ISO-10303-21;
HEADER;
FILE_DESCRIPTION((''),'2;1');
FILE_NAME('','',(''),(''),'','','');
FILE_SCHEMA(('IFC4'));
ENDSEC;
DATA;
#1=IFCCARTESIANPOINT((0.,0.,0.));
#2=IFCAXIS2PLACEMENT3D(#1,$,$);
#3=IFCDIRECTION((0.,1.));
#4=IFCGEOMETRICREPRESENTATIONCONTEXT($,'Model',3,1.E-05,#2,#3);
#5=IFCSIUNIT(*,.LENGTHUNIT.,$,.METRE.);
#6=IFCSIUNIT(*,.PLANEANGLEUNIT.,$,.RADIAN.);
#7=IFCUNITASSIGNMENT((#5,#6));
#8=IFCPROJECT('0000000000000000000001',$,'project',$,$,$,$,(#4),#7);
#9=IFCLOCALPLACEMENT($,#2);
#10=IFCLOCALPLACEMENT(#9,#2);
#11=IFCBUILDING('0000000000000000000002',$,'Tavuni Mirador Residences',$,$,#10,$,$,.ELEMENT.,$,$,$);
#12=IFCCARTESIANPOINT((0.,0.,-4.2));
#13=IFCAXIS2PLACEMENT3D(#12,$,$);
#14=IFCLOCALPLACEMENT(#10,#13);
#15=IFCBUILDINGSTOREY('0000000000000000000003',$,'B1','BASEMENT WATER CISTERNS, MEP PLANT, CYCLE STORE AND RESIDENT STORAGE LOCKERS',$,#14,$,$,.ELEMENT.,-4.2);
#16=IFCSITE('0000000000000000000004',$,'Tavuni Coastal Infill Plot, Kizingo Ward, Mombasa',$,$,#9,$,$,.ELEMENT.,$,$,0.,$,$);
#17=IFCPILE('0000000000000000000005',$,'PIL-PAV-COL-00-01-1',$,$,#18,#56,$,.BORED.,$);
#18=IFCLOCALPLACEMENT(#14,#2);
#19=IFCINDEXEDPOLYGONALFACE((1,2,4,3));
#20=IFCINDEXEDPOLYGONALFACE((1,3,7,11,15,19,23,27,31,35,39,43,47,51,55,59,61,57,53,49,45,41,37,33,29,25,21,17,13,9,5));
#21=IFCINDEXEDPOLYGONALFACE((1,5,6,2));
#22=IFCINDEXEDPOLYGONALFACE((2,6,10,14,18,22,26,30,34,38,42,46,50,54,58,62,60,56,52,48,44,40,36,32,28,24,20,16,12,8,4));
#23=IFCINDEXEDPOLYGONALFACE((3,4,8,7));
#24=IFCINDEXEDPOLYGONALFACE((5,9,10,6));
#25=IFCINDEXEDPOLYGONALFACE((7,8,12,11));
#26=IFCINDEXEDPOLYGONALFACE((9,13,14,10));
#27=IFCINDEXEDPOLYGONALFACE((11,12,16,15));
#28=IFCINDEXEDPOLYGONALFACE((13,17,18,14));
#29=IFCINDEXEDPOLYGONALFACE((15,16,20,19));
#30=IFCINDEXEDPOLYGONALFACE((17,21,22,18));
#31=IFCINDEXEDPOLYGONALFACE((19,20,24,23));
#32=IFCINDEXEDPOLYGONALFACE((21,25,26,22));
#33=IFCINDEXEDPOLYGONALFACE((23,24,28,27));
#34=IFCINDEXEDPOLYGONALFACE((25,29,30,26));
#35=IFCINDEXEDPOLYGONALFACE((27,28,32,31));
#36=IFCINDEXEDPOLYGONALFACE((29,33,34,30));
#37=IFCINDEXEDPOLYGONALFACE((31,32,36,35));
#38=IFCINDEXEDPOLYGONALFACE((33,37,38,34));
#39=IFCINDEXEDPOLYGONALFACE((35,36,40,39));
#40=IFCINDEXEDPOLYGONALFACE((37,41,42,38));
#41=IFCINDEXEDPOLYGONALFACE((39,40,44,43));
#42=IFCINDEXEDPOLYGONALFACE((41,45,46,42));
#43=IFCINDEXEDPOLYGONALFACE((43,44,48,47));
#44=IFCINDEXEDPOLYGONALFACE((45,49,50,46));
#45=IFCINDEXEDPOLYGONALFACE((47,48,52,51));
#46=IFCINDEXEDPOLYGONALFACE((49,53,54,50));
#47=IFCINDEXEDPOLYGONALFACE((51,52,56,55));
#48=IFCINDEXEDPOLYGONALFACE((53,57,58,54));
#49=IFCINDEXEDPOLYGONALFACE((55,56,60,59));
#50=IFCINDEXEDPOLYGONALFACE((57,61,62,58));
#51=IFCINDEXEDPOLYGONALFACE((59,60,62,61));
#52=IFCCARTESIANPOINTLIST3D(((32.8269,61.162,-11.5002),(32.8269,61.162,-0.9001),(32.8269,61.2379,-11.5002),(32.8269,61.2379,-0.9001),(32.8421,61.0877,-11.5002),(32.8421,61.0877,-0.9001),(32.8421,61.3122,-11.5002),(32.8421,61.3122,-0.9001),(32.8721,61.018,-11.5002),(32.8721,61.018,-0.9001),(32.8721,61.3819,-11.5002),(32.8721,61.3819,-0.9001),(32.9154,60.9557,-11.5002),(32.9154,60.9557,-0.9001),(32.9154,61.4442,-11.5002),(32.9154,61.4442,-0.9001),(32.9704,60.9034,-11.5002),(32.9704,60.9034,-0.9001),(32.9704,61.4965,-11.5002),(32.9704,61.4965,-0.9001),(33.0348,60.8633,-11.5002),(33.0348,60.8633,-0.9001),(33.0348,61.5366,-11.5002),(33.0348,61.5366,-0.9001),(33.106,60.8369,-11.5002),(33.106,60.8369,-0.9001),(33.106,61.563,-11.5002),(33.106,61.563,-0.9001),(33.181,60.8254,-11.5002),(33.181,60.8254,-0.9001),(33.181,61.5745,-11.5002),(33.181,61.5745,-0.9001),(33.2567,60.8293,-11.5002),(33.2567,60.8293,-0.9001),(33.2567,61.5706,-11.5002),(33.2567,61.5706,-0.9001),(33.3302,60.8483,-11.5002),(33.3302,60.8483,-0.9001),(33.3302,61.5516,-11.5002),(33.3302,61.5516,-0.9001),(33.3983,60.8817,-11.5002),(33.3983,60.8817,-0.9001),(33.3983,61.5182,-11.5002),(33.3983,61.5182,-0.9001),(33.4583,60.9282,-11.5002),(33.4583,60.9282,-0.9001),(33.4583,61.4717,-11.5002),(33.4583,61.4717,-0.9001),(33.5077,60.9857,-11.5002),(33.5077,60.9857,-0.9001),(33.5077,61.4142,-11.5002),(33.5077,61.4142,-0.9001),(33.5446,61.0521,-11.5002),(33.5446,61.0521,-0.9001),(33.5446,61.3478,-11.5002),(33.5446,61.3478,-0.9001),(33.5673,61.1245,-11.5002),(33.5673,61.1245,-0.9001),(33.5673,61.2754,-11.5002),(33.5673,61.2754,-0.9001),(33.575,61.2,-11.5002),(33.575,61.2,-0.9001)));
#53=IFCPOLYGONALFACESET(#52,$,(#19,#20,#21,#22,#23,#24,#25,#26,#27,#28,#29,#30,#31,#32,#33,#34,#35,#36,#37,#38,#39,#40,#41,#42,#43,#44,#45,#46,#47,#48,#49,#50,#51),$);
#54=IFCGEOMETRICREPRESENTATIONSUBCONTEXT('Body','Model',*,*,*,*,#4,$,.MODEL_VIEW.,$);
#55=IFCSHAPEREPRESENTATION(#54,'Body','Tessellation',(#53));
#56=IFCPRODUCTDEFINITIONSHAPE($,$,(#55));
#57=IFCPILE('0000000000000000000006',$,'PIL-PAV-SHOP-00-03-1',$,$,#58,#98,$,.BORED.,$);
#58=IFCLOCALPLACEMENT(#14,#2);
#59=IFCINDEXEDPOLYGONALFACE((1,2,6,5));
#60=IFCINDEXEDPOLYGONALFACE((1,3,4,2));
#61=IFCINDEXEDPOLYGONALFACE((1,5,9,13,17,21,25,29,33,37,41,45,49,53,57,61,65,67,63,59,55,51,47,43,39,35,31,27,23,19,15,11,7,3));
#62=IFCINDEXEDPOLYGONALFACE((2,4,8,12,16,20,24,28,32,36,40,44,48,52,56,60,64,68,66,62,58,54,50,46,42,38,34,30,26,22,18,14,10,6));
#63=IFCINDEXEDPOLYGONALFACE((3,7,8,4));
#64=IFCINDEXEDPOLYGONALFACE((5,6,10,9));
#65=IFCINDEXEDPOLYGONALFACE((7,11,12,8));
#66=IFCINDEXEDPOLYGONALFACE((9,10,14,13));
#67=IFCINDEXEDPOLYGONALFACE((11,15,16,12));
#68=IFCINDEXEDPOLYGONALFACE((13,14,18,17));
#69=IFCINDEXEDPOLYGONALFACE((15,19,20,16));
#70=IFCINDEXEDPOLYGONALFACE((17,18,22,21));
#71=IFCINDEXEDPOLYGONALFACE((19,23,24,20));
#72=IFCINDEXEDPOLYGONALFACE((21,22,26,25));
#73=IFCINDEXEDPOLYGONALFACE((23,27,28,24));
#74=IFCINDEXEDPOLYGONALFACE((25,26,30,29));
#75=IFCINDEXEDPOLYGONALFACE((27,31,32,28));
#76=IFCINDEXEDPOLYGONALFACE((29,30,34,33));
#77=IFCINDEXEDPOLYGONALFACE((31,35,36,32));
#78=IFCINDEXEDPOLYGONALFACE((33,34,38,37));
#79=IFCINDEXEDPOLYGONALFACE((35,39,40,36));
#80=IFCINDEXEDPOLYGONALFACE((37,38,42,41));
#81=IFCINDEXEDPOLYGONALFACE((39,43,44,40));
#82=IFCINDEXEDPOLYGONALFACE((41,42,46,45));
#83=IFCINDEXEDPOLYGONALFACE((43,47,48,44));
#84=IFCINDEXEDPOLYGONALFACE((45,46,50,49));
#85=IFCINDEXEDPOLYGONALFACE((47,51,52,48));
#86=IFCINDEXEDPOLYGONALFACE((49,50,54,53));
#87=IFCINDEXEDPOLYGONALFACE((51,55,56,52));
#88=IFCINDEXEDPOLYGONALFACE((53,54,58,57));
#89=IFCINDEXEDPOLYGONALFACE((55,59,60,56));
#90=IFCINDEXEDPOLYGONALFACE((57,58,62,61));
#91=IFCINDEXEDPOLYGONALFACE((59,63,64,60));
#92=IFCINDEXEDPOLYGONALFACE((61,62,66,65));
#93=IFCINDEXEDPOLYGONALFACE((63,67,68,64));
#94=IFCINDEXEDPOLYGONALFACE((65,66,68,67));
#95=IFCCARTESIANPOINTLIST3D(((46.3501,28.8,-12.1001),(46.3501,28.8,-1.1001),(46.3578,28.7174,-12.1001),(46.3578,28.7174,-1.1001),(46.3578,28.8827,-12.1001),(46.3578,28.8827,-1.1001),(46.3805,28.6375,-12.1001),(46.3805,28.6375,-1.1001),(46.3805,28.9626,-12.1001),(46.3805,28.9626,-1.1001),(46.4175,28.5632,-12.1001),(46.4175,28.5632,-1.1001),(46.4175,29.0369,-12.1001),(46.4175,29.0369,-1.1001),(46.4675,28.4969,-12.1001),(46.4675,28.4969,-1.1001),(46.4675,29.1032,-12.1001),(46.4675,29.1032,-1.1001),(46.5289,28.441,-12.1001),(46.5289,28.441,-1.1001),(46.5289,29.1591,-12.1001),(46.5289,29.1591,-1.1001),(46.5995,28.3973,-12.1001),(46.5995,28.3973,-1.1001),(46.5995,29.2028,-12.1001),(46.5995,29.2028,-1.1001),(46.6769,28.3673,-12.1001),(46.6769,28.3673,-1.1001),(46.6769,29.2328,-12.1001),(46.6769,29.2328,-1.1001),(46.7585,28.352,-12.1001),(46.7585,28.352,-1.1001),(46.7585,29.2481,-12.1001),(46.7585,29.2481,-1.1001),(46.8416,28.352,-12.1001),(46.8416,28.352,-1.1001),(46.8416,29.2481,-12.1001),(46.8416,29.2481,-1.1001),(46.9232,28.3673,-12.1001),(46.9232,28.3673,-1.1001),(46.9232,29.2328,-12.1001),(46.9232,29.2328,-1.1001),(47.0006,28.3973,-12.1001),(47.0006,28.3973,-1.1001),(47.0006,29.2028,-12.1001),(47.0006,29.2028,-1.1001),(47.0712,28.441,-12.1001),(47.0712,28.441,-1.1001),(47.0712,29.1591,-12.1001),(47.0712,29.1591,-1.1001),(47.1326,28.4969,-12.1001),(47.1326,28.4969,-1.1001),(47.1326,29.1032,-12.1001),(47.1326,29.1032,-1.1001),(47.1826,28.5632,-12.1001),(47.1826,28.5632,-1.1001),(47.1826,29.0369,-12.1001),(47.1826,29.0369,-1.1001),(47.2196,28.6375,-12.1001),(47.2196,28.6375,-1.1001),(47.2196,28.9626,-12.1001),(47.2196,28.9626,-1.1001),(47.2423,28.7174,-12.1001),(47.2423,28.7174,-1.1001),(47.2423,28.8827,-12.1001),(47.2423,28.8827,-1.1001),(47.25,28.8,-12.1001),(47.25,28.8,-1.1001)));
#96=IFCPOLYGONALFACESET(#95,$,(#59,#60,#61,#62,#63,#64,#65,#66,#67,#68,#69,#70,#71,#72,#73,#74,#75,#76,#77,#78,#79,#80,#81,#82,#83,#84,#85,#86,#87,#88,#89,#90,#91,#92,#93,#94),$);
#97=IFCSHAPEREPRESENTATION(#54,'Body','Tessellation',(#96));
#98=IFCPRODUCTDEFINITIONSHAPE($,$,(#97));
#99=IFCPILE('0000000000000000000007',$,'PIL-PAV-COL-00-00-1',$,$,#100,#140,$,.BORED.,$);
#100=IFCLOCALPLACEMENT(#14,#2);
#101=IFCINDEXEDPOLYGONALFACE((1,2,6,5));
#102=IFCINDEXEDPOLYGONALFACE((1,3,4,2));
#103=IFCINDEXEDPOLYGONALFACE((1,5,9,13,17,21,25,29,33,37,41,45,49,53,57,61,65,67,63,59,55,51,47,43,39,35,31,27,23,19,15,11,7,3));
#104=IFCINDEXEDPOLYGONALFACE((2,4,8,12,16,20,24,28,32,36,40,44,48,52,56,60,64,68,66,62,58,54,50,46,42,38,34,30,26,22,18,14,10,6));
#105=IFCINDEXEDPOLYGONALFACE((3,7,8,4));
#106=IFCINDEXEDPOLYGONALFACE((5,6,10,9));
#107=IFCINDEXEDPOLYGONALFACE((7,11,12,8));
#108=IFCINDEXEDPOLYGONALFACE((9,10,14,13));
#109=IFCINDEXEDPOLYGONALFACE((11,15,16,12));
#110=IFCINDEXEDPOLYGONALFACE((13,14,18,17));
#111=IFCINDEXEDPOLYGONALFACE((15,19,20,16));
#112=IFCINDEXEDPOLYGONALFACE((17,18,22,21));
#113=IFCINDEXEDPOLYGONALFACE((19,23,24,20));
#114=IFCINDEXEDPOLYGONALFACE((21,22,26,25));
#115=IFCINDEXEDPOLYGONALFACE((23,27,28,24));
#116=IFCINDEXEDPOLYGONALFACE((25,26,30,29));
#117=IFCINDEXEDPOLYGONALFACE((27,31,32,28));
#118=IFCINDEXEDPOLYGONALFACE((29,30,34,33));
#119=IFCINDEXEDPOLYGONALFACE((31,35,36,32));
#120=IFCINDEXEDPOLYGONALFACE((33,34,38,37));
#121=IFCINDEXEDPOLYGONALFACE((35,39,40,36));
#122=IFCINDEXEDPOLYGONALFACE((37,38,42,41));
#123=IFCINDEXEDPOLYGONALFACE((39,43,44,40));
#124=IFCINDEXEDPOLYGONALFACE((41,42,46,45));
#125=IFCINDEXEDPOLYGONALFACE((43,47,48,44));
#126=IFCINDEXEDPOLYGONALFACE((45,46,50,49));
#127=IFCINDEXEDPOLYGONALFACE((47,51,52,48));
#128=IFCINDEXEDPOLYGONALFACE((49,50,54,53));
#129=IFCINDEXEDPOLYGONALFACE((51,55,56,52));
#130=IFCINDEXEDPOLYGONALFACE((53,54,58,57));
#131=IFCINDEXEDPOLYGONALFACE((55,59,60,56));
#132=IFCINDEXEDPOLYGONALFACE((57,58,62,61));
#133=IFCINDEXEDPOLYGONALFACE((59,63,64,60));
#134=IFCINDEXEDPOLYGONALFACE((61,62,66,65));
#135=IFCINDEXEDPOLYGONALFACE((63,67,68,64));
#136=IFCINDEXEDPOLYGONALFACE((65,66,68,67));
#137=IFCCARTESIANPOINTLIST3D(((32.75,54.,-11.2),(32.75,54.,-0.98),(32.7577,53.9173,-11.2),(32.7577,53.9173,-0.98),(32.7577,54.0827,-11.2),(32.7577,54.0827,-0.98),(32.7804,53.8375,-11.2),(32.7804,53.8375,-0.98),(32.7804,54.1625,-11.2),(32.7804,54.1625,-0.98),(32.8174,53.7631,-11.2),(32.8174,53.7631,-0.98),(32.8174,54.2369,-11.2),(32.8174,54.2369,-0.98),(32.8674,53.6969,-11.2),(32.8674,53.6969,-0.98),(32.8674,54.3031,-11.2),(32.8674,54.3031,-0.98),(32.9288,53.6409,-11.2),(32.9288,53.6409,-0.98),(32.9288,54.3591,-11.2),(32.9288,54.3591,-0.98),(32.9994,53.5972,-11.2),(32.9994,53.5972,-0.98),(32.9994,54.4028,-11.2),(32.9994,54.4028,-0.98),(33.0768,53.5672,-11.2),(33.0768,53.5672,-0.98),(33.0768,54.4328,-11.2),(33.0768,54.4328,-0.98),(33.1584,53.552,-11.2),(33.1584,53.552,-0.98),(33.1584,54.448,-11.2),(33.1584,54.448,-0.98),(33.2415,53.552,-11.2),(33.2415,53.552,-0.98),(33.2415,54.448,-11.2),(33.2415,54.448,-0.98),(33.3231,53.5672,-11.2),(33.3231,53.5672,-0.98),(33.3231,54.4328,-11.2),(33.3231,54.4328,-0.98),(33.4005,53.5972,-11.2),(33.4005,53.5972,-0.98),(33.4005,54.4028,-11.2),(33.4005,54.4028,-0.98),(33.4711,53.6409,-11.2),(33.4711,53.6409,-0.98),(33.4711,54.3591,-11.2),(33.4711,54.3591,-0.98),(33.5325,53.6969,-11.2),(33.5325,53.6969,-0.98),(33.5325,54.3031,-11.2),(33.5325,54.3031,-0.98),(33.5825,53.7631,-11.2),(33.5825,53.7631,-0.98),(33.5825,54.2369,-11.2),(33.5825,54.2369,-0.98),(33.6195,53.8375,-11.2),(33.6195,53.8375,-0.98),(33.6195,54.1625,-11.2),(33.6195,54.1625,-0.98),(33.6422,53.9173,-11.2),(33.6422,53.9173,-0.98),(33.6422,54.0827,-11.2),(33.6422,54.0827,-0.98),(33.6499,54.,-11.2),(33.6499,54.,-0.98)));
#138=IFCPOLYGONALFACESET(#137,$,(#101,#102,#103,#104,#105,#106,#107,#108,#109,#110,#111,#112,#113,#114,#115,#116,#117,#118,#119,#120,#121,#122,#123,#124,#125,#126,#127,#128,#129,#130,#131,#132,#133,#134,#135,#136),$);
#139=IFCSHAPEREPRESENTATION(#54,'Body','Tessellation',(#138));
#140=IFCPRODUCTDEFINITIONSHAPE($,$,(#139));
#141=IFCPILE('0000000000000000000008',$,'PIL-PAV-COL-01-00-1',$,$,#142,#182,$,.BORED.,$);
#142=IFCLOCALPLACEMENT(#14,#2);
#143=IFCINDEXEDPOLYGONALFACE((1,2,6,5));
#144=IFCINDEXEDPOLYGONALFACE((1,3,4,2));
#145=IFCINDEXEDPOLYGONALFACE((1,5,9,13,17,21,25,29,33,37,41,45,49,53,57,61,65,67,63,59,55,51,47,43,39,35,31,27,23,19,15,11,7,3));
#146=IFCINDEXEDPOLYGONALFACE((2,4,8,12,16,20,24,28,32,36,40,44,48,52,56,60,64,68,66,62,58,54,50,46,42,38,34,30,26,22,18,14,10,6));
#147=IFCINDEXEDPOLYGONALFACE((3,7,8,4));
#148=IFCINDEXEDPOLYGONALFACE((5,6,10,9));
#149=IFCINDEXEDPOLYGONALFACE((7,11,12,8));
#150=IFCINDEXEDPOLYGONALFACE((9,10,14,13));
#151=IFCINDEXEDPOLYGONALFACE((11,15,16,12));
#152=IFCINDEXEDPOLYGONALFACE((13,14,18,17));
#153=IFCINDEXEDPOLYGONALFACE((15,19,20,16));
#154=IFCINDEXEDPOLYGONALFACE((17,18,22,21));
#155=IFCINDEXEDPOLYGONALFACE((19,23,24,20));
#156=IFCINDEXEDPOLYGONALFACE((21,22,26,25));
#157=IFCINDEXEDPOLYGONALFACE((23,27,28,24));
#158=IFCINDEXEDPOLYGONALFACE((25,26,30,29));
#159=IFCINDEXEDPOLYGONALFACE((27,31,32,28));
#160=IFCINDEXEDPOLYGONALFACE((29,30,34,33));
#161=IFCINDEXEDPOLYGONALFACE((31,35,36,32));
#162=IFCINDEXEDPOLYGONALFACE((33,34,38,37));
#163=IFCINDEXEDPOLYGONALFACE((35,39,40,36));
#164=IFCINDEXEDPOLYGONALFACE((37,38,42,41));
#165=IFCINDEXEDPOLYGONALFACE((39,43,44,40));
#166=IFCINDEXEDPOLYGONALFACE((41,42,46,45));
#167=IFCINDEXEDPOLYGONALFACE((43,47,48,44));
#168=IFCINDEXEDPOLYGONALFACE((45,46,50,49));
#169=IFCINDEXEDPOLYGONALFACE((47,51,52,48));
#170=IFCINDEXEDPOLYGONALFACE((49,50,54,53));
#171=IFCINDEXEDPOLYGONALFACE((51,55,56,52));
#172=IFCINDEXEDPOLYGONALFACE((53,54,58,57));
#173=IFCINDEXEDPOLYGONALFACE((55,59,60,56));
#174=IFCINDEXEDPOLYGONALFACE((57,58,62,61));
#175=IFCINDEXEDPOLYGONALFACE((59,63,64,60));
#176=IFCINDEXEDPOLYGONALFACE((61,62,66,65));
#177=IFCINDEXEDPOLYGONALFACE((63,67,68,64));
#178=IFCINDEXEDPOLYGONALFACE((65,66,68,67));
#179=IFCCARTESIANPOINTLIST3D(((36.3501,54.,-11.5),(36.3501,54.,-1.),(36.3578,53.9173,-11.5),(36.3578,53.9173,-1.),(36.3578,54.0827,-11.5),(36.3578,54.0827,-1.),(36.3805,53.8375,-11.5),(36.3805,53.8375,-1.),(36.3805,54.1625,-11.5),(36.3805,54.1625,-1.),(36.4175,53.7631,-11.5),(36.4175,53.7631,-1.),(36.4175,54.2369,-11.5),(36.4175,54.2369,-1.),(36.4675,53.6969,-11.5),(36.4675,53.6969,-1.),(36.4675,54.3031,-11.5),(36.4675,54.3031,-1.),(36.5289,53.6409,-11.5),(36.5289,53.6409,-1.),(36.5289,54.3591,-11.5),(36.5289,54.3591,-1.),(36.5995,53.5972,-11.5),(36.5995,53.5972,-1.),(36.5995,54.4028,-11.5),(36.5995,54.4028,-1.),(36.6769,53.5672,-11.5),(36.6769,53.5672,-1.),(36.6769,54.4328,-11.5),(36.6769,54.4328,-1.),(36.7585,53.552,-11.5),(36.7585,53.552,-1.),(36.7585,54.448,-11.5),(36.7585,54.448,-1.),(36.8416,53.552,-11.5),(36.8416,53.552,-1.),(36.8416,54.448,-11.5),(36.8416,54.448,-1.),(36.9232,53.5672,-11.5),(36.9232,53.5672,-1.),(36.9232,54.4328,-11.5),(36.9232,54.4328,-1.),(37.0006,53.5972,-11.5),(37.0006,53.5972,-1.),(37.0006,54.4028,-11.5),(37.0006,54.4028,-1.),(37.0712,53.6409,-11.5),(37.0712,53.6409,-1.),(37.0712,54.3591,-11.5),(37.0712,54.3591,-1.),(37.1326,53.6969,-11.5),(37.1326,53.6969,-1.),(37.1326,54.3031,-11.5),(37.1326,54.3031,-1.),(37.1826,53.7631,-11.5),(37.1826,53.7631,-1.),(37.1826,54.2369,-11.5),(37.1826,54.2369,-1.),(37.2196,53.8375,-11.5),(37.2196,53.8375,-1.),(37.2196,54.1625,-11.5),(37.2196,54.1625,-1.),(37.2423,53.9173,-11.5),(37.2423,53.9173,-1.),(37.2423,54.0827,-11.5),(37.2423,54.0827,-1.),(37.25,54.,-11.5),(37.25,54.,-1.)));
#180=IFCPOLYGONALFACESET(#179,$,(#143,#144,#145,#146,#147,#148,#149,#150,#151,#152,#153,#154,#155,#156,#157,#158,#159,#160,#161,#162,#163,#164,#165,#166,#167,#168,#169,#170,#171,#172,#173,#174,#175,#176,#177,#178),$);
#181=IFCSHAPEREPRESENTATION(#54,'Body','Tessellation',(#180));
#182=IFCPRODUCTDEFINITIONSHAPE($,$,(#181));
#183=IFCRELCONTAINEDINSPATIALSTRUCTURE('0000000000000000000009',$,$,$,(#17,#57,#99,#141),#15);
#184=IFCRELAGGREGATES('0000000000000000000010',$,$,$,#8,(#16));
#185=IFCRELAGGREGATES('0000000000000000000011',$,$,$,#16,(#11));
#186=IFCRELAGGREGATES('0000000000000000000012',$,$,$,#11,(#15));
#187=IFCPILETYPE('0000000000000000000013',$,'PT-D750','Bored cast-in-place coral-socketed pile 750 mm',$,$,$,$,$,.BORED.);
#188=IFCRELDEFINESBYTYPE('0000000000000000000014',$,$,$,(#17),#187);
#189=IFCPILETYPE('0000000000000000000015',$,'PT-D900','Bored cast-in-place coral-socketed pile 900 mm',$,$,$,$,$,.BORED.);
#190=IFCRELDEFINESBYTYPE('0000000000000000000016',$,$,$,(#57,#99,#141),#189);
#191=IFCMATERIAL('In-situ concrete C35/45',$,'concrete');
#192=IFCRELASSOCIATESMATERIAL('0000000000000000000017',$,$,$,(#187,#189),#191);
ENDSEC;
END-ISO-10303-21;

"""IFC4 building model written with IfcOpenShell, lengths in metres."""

from ifc_helpers import new_model, si_unit, direction, frame, origin, origin_2d, place, context, subcontext, project, spatial, circle, extrude, material, material_profile, profile_set, type_object, element, save


model = new_model("IFC4")

# Units and contexts
model_context = context("Model", 3, precision=1e-05, world=origin(), true_north=direction((0.0, 1.0)))
body_context = subcontext(model_context, "Body", "Model", "MODEL_VIEW")
ifc_project = project(units=[si_unit("LENGTHUNIT", "METRE"), si_unit("PLANEANGLEUNIT", "RADIAN")], contexts=[model_context])

# Site, building, storey
site_placement = place(None, origin())
site = spatial("IfcSite", under=ifc_project, at=site_placement, Name="Tavuni Coastal Infill Plot, Kizingo Ward, Mombasa", CompositionType="ELEMENT", RefElevation=0.0)
building_placement = place(site_placement, origin())
building = spatial("IfcBuilding", under=site, at=building_placement, Name="Tavuni Mirador Residences", CompositionType="ELEMENT")
storey_placement = place(building_placement, frame((0.0, 0.0, -4.2)))
storey = spatial("IfcBuildingStorey", under=building, at=storey_placement, Name="B1", Description="BASEMENT WATER CISTERNS, MEP PLANT, CYCLE STORE AND RESIDENT STORAGE LOCKERS", CompositionType="ELEMENT", Elevation=-4.2)

# Shared definitions
ifc_material_1 = material(Name="In-situ concrete C35/45", Category="concrete")

# Piles
ifc_material_profile_1 = material_profile(ifc_material_1, circle(Radius=0.375, at=origin_2d()), Name="PILE D750", Category="concrete")
ifc_profile_set_1 = profile_set([ifc_material_profile_1], Name="In-situ concrete C35/45")
pile_type_1 = type_object("IfcPileType", Name="PT-D750", Description="Bored cast-in-place coral-socketed pile 750 mm", PredefinedType="BORED", material=ifc_profile_set_1)
pile_1_placement = place(storey_placement, frame((33.2, 61.2, -0.9001), z_axis=(0.0, 0.0, -1.0), x_axis=(1.0, 0.0, 0.0)))
element("IfcPile", 1, at=pile_1_placement, inside=storey, type_object=pile_type_1, Name="PIL-PAV-COL-00-01-1", PredefinedType="BORED", context=body_context, shape_type="SweptSolid", body=[
    extrude(circle(Radius=0.375, at=origin_2d()), origin(), (0.0, 0.0, 1.0), 10.6001),
])
ifc_material_profile_2 = material_profile(ifc_material_1, circle(Radius=0.45, at=origin_2d()), Name="PILE D900", Category="concrete")
ifc_profile_set_2 = profile_set([ifc_material_profile_2], Name="In-situ concrete C35/45")
pile_type_2 = type_object("IfcPileType", Name="PT-D900", Description="Bored cast-in-place coral-socketed pile 900 mm", PredefinedType="BORED", material=ifc_profile_set_2)
pile_2_placement = place(storey_placement, frame((46.8, 28.8, -1.1001), z_axis=(0.0, 0.0, -1.0), x_axis=(1.0, 0.0, 0.0)))
element("IfcPile", 2, at=pile_2_placement, inside=storey, type_object=pile_type_2, Name="PIL-PAV-SHOP-00-03-1", PredefinedType="BORED", context=body_context, shape_type="SweptSolid", body=[
    extrude(circle(Radius=0.45, at=origin_2d()), origin(), (0.0, 0.0, 1.0), 11.0),
])
pile_3_placement = place(storey_placement, frame((33.2, 54.0, -0.98), z_axis=(0.0, 0.0, -1.0), x_axis=(1.0, 0.0, 0.0)))
element("IfcPile", 3, at=pile_3_placement, inside=storey, type_object=pile_type_2, Name="PIL-PAV-COL-00-00-1", PredefinedType="BORED", context=body_context, shape_type="SweptSolid", body=[
    extrude(circle(Radius=0.45, at=origin_2d()), origin(), (0.0, 0.0, 1.0), 10.22),
])
pile_4_placement = place(storey_placement, frame((36.8, 54.0, -1.0), z_axis=(0.0, 0.0, -1.0), x_axis=(1.0, 0.0, 0.0)))
element("IfcPile", 4, at=pile_4_placement, inside=storey, type_object=pile_type_2, Name="PIL-PAV-COL-01-00-1", PredefinedType="BORED", context=body_context, shape_type="SweptSolid", body=[
    extrude(circle(Radius=0.45, at=origin_2d()), origin(), (0.0, 0.0, 1.0), 10.5),
])

save(model, "model.ifc")
